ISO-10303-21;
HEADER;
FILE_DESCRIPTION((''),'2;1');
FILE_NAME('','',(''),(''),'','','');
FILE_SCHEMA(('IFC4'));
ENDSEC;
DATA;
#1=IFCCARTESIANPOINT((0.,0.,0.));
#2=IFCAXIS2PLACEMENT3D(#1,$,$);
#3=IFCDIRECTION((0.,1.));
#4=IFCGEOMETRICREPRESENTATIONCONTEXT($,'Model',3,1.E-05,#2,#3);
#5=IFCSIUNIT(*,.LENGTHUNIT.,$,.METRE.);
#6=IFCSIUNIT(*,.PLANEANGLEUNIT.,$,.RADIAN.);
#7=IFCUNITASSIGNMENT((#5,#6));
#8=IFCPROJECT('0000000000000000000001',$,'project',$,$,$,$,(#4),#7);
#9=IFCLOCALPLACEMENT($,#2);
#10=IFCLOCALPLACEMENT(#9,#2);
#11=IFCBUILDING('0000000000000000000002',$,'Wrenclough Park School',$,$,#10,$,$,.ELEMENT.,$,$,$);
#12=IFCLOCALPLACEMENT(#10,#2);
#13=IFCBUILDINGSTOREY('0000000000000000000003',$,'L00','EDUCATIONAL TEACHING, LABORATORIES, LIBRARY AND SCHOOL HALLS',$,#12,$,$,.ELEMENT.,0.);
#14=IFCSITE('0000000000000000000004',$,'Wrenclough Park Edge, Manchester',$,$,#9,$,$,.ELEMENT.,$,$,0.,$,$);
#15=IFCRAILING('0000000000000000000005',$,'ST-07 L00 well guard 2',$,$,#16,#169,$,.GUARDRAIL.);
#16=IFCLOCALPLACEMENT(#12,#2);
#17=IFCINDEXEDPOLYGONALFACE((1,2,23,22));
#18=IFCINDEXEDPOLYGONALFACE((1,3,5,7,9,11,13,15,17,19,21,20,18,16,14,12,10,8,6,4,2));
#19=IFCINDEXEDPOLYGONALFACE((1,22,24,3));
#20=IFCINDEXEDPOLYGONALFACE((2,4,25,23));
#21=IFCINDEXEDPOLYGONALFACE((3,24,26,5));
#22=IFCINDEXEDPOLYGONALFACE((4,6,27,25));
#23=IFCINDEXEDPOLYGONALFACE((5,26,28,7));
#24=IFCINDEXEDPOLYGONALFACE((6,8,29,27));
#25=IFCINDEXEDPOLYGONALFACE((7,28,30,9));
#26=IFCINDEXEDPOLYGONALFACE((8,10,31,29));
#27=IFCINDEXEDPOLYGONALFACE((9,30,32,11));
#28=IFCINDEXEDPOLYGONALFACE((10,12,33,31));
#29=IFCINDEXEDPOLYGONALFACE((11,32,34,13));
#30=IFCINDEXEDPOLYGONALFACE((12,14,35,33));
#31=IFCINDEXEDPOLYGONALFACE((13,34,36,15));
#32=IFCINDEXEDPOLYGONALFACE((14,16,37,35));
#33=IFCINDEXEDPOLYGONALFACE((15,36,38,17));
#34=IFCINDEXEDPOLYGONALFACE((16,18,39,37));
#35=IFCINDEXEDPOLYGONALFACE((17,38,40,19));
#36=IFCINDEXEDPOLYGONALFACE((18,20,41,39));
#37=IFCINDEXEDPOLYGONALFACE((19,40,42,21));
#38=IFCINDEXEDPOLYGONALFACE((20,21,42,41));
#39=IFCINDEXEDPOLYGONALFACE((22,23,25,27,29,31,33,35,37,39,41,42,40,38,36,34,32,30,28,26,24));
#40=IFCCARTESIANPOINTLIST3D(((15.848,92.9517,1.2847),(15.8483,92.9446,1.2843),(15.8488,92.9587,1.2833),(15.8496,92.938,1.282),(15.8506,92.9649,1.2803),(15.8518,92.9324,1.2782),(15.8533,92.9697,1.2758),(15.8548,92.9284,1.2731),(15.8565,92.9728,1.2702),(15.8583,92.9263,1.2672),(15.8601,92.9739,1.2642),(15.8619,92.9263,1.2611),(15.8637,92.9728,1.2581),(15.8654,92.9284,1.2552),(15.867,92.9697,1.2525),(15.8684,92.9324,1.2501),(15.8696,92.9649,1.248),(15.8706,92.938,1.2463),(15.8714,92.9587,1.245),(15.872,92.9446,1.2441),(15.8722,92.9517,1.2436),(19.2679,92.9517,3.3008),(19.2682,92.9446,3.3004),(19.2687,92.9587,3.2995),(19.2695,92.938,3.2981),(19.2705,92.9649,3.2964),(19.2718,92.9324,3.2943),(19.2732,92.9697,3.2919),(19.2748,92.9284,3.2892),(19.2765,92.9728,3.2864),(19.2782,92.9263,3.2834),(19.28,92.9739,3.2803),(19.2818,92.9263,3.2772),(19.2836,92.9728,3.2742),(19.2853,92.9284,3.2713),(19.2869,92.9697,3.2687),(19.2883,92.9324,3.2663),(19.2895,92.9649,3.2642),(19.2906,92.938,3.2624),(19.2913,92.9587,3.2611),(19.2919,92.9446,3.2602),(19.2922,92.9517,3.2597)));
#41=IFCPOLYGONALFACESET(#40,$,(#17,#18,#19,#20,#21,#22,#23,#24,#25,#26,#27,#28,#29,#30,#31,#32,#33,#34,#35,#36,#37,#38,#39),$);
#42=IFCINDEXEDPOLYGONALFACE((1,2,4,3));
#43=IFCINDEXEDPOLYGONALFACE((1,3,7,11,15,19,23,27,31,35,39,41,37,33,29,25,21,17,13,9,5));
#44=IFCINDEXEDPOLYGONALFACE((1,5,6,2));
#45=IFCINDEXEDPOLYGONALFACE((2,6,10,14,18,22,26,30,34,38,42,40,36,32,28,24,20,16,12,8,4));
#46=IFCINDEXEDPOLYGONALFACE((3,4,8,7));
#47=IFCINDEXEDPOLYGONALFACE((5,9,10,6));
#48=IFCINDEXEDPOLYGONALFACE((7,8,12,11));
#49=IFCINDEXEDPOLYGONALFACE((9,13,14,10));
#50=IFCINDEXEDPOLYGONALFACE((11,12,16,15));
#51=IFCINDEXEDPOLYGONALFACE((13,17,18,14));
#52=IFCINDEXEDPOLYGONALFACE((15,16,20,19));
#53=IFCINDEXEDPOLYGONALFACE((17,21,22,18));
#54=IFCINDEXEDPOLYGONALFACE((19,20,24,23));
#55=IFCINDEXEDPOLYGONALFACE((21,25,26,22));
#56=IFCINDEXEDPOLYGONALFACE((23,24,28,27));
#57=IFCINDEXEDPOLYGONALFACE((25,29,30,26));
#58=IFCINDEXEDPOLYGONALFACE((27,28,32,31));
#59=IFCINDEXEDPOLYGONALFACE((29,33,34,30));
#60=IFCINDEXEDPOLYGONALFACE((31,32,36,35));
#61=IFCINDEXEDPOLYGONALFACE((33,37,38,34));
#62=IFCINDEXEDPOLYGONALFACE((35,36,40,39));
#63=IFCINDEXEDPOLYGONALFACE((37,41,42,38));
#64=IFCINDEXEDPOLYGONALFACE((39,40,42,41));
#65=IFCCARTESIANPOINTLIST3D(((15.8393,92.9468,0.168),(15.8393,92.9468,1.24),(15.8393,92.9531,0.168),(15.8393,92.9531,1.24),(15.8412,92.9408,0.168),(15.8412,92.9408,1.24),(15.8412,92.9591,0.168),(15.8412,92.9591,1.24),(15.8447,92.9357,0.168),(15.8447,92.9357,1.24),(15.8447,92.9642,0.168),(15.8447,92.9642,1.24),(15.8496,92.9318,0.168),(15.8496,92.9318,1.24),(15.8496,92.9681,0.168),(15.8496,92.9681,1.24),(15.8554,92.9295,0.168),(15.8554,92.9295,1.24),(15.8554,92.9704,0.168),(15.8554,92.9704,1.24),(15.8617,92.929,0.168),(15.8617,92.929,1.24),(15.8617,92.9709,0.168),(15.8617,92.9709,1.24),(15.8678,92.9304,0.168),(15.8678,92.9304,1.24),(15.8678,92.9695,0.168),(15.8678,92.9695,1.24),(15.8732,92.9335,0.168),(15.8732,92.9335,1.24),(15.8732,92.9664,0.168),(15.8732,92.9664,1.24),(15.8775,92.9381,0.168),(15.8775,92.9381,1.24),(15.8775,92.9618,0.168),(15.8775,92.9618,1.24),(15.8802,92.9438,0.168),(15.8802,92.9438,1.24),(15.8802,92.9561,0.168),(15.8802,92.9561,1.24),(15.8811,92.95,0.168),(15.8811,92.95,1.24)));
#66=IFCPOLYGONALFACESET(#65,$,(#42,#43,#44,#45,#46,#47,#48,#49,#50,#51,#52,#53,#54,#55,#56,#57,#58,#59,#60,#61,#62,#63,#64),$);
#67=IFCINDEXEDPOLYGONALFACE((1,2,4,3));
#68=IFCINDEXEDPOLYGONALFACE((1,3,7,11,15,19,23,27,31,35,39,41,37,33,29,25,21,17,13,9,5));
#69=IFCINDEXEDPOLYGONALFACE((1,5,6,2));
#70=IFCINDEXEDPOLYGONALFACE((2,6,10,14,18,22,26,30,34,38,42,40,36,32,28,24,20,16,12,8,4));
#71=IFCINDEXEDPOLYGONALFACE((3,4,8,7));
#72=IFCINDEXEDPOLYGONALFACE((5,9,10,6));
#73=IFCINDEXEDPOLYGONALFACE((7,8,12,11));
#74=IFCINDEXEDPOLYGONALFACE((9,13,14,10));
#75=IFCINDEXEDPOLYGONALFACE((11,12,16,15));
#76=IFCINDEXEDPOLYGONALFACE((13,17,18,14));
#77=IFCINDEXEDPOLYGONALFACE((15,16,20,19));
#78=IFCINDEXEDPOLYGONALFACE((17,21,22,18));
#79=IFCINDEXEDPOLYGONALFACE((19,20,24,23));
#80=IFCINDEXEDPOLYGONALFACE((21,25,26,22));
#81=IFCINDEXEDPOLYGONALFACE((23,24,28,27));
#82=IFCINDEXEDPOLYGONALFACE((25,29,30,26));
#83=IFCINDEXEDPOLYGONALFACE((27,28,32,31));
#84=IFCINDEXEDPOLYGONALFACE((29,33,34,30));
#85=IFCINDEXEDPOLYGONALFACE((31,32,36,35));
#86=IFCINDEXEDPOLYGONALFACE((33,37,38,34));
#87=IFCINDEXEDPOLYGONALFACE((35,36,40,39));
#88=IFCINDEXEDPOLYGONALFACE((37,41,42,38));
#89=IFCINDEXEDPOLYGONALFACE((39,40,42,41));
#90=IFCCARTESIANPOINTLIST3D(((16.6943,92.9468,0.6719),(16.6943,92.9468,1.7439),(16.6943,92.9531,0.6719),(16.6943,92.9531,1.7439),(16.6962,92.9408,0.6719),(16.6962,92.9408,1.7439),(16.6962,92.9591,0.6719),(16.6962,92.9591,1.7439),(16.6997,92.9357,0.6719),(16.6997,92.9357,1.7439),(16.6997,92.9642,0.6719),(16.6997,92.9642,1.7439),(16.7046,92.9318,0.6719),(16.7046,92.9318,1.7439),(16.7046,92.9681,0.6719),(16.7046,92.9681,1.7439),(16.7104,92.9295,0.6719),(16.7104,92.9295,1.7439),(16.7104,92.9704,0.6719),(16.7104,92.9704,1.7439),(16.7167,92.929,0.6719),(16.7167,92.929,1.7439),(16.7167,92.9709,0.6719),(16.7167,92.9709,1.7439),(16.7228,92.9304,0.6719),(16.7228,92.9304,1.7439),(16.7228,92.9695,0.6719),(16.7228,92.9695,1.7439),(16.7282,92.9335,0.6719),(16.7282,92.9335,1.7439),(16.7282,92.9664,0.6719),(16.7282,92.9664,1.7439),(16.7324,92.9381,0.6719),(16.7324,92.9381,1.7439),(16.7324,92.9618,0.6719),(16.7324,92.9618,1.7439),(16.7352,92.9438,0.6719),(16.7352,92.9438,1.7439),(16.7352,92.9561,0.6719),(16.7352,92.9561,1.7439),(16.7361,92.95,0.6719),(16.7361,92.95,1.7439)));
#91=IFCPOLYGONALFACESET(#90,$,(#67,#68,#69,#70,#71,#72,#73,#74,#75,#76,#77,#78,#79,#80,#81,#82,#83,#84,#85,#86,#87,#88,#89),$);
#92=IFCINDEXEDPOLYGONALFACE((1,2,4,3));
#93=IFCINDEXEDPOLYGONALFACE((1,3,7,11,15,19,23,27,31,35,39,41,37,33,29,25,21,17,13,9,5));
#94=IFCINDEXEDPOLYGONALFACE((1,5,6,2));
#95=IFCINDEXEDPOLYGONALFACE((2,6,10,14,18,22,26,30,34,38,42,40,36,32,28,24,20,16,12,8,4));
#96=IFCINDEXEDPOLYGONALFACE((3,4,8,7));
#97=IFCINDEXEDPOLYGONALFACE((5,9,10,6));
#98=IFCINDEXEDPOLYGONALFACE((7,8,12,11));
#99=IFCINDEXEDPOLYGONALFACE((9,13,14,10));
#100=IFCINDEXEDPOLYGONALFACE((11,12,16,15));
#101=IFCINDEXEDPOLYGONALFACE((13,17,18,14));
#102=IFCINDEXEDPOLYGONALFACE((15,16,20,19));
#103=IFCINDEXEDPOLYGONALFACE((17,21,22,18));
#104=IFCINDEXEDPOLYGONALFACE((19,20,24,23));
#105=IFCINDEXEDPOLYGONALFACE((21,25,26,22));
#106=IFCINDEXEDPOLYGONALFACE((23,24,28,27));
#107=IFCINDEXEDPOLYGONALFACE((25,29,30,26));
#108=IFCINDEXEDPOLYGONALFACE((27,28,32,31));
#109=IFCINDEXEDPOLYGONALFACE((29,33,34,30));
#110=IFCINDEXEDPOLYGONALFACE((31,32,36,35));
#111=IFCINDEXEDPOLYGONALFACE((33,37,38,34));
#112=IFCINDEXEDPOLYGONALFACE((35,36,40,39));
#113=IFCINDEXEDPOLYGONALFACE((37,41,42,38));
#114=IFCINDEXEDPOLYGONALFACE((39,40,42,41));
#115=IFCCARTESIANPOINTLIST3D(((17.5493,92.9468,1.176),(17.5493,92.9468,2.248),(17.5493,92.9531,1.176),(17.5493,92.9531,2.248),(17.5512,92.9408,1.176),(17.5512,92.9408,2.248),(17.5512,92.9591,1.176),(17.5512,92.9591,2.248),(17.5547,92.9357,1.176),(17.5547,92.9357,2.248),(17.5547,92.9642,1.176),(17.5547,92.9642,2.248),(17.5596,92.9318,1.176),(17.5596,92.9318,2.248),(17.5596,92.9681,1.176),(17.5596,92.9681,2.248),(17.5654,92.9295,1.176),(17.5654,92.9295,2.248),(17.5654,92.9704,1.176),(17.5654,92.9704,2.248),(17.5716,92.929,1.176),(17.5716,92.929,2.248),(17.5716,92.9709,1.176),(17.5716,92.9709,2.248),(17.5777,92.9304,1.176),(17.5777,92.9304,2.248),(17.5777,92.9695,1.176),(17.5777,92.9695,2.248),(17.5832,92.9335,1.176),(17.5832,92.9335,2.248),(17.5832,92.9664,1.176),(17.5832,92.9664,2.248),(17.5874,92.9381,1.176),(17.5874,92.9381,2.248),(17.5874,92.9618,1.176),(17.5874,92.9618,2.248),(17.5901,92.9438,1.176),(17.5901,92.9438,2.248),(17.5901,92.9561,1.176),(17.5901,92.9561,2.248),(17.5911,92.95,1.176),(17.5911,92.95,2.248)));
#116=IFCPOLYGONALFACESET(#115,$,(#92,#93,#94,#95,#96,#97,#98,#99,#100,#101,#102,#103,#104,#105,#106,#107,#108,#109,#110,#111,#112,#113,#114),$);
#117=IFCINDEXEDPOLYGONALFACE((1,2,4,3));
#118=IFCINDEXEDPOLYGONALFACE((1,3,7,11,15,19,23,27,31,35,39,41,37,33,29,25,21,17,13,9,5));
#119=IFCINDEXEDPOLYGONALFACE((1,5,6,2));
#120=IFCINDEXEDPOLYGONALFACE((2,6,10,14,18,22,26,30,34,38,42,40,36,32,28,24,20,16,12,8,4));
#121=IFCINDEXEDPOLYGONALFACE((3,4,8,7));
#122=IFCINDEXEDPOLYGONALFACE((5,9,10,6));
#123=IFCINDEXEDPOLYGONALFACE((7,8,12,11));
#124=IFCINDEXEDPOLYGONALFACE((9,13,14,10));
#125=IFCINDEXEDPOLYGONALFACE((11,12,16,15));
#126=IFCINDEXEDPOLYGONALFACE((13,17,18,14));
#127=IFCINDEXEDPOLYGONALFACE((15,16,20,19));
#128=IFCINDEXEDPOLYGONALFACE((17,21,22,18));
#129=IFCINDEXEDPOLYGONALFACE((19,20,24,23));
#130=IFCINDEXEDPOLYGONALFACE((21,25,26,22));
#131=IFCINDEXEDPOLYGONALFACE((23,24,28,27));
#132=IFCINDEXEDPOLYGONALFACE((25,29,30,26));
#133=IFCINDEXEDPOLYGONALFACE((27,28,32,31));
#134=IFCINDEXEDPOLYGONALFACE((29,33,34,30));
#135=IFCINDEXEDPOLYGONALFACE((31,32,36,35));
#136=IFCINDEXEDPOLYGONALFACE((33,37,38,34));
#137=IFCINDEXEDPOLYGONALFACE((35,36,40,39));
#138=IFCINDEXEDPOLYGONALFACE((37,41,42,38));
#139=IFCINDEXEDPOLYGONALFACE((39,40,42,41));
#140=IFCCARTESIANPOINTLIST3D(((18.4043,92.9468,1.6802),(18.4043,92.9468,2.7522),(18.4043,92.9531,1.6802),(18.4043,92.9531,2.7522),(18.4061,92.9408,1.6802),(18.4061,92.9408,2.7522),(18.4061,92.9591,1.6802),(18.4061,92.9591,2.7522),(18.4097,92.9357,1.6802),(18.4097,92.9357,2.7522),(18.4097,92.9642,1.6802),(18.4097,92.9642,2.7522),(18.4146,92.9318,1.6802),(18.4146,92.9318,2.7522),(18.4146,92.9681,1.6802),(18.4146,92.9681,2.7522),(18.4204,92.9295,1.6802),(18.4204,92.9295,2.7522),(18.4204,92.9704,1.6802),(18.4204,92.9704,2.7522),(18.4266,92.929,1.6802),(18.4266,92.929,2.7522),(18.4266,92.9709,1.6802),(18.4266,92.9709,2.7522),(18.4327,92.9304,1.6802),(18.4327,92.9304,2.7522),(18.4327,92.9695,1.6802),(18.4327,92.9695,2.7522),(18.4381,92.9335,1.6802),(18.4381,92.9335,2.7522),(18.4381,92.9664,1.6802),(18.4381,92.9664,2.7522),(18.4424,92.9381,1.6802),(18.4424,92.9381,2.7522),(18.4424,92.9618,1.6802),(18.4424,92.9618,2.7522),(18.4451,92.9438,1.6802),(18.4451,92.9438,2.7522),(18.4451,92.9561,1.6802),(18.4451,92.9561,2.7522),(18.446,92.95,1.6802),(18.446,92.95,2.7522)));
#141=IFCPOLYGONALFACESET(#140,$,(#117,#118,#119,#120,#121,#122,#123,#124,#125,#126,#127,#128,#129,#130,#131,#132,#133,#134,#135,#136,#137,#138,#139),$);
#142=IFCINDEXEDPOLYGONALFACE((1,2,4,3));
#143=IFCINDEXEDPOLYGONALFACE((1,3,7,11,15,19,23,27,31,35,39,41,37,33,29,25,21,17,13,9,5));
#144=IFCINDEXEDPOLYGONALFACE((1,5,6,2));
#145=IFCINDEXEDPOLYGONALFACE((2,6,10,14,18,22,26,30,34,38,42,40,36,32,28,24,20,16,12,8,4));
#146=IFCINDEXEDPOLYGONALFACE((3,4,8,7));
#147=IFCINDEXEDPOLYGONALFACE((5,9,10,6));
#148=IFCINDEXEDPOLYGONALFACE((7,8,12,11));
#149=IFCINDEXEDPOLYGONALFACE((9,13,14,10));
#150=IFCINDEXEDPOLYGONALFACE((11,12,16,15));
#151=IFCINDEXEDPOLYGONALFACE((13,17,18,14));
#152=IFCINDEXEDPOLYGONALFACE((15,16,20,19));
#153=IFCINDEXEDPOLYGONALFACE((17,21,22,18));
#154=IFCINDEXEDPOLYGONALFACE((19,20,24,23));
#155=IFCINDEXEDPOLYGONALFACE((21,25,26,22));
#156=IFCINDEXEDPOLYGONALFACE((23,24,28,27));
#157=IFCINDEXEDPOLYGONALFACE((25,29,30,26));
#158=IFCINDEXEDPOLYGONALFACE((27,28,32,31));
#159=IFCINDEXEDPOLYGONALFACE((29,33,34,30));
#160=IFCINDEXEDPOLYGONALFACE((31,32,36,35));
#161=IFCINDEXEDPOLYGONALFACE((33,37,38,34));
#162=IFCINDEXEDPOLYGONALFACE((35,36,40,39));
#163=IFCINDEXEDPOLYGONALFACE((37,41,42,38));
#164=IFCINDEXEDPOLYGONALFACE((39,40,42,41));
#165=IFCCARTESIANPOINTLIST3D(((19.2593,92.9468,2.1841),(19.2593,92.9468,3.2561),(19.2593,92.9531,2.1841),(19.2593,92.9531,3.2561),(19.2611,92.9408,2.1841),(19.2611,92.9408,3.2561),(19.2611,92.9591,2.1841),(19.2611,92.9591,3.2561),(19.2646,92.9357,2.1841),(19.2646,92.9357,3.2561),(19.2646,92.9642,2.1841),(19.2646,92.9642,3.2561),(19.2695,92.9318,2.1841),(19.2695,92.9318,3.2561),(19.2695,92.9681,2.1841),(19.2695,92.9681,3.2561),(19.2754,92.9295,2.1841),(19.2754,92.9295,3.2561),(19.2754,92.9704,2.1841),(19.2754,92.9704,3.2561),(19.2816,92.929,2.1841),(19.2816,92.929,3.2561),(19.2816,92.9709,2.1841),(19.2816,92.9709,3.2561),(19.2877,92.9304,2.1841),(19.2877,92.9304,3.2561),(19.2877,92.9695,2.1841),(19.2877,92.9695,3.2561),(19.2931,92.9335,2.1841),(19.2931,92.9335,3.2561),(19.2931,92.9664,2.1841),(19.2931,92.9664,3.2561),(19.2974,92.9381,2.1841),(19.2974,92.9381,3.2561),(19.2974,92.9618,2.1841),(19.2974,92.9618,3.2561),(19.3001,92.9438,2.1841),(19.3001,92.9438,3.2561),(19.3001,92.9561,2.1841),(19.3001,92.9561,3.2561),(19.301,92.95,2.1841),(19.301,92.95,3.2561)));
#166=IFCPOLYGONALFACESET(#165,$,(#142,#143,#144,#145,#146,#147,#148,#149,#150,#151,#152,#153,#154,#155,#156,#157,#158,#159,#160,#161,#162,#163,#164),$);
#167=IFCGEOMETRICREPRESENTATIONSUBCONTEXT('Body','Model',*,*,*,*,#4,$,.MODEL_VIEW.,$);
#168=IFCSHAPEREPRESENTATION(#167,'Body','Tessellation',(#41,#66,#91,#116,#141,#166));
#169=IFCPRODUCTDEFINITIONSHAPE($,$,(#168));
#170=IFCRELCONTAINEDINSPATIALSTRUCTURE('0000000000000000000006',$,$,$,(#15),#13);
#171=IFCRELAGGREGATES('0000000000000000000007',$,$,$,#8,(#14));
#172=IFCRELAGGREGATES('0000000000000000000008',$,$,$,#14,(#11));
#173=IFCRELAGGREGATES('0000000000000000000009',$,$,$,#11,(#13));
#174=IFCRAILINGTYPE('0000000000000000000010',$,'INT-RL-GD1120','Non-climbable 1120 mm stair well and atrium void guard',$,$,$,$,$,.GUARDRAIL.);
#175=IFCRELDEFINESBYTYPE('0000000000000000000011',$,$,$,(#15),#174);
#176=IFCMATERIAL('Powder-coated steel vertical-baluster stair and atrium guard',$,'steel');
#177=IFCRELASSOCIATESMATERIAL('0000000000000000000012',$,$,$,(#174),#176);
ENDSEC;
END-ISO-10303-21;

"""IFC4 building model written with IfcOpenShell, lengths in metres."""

from ifc_helpers import new_model, si_unit, direction, frame, origin, origin_2d, place, context, subcontext, project, spatial, circle, extrude, material, type_object, element, save


model = new_model("IFC4")

# Units and contexts
model_context = context("Model", 3, precision=1e-05, world=origin(), true_north=direction((0.0, 1.0)))
body_context = subcontext(model_context, "Body", "Model", "MODEL_VIEW")
ifc_project = project(units=[si_unit("LENGTHUNIT", "METRE"), si_unit("PLANEANGLEUNIT", "RADIAN")], contexts=[model_context])

# Site, building, storey
site_placement = place(None, origin())
site = spatial("IfcSite", under=ifc_project, at=site_placement, Name="Wrenclough Park Edge, Manchester", CompositionType="ELEMENT", RefElevation=0.0)
building_placement = place(site_placement, origin())
building = spatial("IfcBuilding", under=site, at=building_placement, Name="Wrenclough Park School", CompositionType="ELEMENT")
storey_placement = place(building_placement, origin())
storey = spatial("IfcBuildingStorey", under=building, at=storey_placement, Name="L00", Description="EDUCATIONAL TEACHING, LABORATORIES, LIBRARY AND SCHOOL HALLS", CompositionType="ELEMENT", Elevation=0.0)

# Railing
ifc_material_1 = material(Name="Powder-coated steel vertical-baluster stair and atrium guard", Category="steel")
railing_type_1 = type_object("IfcRailingType", Name="INT-RL-GD1120", Description="Non-climbable 1120 mm stair well and atrium void guard", PredefinedType="GUARDRAIL", material=ifc_material_1)
railing_1_placement = place(storey_placement, frame((15.8601, 92.95, 0.168)))
element("IfcRailing", 1, at=railing_1_placement, inside=storey, type_object=railing_type_1, Name="ST-07 L00 well guard 2", PredefinedType="GUARDRAIL", context=body_context, shape_type="SweptSolid", body=[
    extrude(circle(Radius=0.0239, at=origin_2d()), frame((0.0, 0.0, 1.0962), z_axis=(0.86145, 0.0, 0.507842), x_axis=(0.0, 1.0, 0.0)), (0.0, 0.0, 1.0), 3.97),
    extrude(circle(Radius=0.021, at=origin_2d()), origin(), (0.0, 0.0, 1.0), 1.072),
    extrude(circle(Radius=0.021, at=origin_2d()), frame((0.855, 0.0, 0.5039)), (0.0, 0.0, 1.0), 1.072),
    extrude(circle(Radius=0.021, at=origin_2d()), frame((1.71, 0.0, 1.0081)), (0.0, 0.0, 1.0), 1.072),
    extrude(circle(Radius=0.021, at=origin_2d()), frame((2.5649, 0.0, 1.5122)), (0.0, 0.0, 1.0), 1.072),
    extrude(circle(Radius=0.021, at=origin_2d()), frame((3.4199, 0.0, 2.0161)), (0.0, 0.0, 1.0), 1.072),
])

save(model, "model.ifc")
